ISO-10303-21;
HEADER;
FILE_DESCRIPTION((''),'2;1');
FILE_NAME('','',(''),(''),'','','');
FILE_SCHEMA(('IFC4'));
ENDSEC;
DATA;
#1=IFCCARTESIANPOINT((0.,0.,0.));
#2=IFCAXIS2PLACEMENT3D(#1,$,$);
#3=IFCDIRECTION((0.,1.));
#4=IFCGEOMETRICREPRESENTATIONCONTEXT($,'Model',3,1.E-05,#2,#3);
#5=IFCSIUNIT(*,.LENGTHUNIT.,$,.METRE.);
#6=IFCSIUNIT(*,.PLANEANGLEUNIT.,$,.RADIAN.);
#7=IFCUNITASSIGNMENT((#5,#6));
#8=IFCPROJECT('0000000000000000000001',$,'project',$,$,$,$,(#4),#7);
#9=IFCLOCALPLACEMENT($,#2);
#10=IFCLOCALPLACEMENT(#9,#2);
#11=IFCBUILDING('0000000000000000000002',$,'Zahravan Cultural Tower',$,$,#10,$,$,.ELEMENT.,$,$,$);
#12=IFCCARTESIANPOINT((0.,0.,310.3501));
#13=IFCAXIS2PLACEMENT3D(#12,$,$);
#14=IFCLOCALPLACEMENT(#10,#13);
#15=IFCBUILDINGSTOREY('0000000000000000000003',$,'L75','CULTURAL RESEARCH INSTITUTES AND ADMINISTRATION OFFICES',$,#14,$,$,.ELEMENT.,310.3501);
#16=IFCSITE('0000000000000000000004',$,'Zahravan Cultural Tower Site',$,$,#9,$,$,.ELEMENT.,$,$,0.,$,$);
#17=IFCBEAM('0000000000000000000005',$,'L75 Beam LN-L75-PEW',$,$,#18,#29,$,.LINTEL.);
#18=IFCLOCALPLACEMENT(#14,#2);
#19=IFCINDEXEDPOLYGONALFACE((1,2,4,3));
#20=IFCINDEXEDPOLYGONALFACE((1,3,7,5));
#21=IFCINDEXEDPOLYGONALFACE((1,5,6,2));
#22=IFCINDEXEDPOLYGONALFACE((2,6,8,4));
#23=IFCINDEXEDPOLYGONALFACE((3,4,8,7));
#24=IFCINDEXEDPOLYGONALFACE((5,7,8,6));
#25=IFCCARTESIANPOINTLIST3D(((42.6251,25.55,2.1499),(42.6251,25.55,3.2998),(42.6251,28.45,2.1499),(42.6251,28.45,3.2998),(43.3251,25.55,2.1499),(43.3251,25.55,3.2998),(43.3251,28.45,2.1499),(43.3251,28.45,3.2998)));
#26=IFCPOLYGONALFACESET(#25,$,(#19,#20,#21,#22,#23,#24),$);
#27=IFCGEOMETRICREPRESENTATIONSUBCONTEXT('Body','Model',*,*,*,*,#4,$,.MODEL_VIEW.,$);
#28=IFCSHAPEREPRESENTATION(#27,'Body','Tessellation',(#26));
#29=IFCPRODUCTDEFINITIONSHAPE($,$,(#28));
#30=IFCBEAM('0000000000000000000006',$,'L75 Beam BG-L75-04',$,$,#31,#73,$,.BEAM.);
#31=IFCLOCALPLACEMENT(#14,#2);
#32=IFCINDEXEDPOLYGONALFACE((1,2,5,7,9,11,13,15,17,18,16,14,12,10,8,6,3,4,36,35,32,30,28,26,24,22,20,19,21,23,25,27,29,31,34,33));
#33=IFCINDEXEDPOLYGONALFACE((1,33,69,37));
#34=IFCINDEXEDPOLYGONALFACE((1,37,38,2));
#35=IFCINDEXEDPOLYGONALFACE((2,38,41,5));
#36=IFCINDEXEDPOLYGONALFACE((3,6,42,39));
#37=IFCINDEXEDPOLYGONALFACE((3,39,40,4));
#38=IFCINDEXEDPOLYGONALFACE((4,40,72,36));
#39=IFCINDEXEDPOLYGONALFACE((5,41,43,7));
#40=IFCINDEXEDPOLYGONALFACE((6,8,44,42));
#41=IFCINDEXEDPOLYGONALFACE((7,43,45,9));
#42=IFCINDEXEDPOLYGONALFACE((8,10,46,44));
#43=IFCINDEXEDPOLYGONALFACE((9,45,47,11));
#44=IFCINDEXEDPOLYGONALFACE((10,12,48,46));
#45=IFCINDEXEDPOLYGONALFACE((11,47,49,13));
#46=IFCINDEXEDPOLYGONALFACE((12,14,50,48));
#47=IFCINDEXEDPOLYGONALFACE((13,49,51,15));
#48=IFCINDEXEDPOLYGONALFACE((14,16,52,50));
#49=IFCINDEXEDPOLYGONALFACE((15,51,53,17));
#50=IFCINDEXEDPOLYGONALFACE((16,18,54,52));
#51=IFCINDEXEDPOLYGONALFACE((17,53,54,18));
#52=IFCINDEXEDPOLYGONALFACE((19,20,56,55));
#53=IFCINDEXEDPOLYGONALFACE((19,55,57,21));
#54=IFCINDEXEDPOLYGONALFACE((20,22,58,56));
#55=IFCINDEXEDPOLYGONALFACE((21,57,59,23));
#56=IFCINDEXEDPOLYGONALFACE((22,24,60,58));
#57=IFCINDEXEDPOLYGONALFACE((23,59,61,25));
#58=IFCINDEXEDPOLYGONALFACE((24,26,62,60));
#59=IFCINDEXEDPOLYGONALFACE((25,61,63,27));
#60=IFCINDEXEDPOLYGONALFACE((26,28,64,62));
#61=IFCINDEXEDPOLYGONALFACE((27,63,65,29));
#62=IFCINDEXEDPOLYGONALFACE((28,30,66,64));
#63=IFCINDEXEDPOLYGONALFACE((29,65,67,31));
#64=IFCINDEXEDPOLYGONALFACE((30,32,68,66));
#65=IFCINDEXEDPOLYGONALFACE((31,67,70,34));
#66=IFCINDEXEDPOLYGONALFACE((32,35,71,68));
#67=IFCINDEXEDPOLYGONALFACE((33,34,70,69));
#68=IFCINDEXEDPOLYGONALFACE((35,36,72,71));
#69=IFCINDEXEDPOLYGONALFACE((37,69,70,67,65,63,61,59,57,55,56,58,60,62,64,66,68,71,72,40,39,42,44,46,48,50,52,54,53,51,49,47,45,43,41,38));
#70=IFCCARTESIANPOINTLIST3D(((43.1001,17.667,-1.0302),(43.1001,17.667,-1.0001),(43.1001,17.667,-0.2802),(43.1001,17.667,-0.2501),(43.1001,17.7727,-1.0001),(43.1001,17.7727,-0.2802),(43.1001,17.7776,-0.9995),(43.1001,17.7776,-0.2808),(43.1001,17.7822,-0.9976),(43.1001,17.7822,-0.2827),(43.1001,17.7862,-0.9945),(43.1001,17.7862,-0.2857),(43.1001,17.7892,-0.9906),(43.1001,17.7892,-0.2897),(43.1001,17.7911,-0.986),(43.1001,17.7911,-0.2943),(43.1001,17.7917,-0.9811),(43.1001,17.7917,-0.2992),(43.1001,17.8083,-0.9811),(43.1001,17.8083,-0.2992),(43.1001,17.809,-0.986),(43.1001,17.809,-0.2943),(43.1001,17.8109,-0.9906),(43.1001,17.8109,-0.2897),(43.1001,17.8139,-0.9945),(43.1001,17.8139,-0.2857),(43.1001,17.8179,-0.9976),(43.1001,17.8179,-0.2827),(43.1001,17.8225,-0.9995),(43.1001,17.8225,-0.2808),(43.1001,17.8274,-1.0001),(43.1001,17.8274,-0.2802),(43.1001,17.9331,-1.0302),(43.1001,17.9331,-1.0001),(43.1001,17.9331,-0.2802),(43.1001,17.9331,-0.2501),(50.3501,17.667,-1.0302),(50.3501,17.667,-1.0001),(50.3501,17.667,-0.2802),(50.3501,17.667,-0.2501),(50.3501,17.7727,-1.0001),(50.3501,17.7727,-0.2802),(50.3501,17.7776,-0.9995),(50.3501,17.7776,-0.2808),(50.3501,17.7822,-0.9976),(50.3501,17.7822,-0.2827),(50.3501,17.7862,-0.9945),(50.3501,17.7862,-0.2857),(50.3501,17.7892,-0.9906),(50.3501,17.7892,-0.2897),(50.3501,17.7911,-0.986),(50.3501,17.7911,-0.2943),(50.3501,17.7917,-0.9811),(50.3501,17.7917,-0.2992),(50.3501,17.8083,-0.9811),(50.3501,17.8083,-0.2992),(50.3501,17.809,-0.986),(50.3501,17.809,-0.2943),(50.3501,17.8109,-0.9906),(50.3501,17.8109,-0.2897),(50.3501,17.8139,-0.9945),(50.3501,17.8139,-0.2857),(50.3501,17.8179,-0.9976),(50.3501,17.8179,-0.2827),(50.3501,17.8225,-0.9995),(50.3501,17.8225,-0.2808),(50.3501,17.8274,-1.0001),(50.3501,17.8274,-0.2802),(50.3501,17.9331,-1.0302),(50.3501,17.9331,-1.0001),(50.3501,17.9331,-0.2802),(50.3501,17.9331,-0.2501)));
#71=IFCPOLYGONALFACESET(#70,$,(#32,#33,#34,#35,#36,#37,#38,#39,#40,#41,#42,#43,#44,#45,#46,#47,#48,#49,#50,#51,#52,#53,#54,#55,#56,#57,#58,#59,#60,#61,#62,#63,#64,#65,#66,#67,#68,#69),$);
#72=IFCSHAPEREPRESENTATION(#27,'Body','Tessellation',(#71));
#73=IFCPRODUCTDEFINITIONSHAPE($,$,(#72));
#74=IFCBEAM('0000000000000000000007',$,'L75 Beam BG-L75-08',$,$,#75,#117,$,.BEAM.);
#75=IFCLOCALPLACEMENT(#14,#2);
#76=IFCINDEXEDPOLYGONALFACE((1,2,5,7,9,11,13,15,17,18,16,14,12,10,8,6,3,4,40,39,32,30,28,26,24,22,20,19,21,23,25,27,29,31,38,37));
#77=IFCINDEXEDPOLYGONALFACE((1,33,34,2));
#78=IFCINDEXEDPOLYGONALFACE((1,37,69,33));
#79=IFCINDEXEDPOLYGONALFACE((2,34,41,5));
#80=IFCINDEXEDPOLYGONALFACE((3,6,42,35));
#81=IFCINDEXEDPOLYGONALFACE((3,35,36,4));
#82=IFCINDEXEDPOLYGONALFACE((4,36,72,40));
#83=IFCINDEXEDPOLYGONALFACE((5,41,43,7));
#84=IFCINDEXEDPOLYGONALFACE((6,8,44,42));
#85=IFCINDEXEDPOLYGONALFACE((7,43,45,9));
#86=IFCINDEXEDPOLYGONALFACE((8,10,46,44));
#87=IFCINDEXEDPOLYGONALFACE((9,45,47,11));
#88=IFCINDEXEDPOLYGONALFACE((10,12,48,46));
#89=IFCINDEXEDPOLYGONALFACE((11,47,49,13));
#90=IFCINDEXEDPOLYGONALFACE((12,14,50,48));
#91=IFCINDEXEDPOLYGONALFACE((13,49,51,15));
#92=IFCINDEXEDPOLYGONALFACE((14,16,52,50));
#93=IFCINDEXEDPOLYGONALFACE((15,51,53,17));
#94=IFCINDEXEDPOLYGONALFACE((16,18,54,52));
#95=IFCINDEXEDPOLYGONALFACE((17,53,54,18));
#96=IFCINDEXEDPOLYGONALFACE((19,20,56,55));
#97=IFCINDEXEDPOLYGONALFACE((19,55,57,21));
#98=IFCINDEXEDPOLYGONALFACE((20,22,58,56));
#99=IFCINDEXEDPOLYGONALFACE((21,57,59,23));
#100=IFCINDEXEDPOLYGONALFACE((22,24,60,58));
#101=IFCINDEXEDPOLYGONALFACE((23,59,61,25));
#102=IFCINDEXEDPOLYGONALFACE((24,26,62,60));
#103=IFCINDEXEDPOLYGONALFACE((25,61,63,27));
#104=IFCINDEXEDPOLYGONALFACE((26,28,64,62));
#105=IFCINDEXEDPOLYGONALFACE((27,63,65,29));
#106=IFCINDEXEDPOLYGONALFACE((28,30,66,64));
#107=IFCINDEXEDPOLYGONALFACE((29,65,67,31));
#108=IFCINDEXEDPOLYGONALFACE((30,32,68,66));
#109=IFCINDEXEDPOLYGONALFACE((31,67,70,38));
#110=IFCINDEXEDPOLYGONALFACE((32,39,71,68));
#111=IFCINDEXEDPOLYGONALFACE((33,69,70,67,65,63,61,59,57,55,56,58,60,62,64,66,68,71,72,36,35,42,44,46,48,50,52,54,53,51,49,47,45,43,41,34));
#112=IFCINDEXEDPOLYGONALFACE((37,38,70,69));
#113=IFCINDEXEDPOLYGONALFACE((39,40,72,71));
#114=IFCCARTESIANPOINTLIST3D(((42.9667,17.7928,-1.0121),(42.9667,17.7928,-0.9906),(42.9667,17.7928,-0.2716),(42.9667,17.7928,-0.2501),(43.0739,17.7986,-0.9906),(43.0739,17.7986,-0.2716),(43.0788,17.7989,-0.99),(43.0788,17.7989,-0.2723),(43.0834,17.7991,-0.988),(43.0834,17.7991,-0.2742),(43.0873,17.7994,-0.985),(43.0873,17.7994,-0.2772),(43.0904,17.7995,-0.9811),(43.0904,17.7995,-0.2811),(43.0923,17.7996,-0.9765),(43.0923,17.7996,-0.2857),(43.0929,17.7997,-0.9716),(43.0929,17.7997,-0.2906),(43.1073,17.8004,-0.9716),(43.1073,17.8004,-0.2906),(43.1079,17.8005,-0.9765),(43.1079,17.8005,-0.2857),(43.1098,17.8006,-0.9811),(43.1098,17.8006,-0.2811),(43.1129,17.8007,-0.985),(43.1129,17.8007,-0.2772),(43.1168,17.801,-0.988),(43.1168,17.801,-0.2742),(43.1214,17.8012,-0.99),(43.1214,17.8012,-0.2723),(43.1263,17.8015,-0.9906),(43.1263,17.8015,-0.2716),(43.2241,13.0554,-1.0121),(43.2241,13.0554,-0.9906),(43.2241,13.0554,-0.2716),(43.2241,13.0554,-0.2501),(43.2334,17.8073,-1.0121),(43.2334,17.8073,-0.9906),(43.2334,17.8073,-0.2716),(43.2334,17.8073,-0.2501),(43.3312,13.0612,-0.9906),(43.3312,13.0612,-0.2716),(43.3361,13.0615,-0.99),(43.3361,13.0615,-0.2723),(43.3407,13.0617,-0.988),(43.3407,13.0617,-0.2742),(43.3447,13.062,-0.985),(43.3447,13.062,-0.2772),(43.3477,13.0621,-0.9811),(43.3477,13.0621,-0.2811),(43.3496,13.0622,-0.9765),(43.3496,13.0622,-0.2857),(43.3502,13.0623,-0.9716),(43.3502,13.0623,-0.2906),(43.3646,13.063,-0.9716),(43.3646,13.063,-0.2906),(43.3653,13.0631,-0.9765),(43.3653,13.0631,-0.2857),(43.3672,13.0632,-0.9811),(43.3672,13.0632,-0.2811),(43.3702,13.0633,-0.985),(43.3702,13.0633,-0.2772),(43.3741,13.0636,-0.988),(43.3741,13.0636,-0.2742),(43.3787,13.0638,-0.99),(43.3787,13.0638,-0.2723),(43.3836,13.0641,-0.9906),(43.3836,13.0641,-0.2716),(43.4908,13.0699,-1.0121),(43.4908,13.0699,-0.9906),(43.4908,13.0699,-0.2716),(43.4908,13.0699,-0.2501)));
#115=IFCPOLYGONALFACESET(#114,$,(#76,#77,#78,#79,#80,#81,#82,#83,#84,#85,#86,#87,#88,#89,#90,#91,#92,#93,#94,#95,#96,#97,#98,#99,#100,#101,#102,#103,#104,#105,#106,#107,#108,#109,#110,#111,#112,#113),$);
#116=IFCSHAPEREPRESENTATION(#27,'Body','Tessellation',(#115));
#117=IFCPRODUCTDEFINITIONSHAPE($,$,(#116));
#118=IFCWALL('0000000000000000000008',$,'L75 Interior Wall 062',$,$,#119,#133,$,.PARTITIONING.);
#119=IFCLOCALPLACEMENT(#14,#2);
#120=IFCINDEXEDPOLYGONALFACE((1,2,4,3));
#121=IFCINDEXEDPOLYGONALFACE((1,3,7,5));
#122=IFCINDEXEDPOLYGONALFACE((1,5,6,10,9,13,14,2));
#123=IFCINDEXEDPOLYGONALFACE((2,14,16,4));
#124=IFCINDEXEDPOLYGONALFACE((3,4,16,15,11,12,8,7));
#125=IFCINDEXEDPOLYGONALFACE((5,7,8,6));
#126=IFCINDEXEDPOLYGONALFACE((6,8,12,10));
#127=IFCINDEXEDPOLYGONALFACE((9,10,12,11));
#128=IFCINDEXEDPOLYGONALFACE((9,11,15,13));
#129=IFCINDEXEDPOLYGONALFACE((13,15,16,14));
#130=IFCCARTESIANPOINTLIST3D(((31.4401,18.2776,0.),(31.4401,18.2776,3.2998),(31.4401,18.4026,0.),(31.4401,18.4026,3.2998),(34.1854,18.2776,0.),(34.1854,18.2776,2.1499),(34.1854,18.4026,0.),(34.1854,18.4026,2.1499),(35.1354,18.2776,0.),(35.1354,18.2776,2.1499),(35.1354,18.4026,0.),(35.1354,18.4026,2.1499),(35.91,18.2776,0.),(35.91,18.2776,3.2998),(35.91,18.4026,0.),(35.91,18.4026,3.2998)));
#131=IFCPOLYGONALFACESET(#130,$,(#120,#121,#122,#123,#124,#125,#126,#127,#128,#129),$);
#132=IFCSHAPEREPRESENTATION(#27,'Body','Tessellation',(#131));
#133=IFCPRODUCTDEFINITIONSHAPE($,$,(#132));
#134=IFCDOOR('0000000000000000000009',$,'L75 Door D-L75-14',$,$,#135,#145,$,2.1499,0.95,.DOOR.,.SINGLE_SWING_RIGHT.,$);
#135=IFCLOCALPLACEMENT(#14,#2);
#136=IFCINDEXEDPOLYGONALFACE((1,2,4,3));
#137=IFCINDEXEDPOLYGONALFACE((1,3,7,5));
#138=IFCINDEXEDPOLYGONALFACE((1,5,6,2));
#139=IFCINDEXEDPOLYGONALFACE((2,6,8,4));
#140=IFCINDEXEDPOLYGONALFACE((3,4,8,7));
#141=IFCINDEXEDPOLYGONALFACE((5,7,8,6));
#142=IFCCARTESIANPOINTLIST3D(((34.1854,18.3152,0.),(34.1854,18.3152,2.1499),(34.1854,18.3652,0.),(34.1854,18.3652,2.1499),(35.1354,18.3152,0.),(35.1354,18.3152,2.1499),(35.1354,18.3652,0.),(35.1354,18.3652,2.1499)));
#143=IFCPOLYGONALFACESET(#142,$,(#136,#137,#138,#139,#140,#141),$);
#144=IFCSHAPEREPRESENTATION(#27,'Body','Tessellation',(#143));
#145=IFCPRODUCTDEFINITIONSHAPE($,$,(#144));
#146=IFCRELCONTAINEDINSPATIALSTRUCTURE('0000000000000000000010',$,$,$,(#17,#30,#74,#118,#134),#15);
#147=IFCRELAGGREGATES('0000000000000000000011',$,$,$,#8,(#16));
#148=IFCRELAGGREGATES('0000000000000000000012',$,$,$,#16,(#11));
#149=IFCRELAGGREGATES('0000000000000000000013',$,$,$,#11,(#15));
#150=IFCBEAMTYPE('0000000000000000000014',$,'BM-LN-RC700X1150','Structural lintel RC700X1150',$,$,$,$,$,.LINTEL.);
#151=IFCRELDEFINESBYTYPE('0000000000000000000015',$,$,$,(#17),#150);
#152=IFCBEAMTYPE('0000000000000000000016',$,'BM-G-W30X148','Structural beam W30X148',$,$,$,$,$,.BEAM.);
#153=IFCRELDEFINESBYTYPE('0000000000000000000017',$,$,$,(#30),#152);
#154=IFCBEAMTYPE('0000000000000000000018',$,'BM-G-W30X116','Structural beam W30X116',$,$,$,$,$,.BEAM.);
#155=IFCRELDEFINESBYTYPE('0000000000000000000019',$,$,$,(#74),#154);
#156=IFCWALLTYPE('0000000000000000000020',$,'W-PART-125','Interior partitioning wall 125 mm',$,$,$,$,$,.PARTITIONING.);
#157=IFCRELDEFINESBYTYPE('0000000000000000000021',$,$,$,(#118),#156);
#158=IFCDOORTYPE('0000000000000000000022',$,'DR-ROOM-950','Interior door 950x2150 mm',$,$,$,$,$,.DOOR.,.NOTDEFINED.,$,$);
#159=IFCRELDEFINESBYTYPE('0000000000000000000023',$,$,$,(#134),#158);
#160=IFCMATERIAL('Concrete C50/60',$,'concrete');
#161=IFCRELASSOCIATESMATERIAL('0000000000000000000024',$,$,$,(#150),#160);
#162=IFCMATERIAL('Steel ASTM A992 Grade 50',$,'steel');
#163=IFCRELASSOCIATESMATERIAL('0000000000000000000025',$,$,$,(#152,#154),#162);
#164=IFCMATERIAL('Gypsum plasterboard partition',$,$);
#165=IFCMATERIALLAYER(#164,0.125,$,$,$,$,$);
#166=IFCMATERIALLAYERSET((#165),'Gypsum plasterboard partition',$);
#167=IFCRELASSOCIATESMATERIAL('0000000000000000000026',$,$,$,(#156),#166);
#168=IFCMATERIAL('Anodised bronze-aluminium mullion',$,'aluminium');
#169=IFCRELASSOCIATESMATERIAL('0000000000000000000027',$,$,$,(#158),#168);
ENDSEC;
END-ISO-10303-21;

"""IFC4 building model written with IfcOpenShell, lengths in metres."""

from ifc_helpers import new_model, si_unit, direction, frame, frame_2d, origin, origin_2d, place, context, subcontext, project, spatial, rectangle, i_section, extrude, source, transform, mapped, material, layer, layer_set, material_profile, profile_set, type_object, element, fill, save


model = new_model("IFC4")

# Units and contexts
model_context = context("Model", 3, precision=1e-05, world=origin(), true_north=direction((0.0, 1.0)))
body_context = subcontext(model_context, "Body", "Model", "MODEL_VIEW")
ifc_project = project(units=[si_unit("LENGTHUNIT", "METRE"), si_unit("PLANEANGLEUNIT", "RADIAN")], contexts=[model_context])

# Site, building, storey
site_placement = place(None, origin())
site = spatial("IfcSite", under=ifc_project, at=site_placement, Name="Zahravan Cultural Tower Site", CompositionType="ELEMENT", RefElevation=0.0)
building_placement = place(site_placement, origin())
building = spatial("IfcBuilding", under=site, at=building_placement, Name="Zahravan Cultural Tower", CompositionType="ELEMENT")
storey_placement = place(building_placement, frame((0.0, 0.0, 310.3501)))
storey = spatial("IfcBuildingStorey", under=building, at=storey_placement, Name="L75", Description="CULTURAL RESEARCH INSTITUTES AND ADMINISTRATION OFFICES", CompositionType="ELEMENT", Elevation=310.3501)

# Beams
ifc_material_1 = material(Name="Concrete C50/60", Category="concrete")
ifc_material_profile_1 = material_profile(ifc_material_1, rectangle(XDim=0.7, YDim=1.1499, at=origin_2d()), Name="RC700X1150")
ifc_profile_set_1 = profile_set([ifc_material_profile_1], Name="Concrete C50/60")
beam_type_1 = type_object("IfcBeamType", Name="BM-LN-RC700X1150", Description="Structural lintel RC700X1150", PredefinedType="LINTEL", material=ifc_profile_set_1)
shared_shape_1 = source(origin(), body_context, "Body", "SweptSolid", [
    extrude(rectangle(XDim=0.7, YDim=1.1499, at=origin_2d()), origin(), (0.0, 0.0, 1.0), 2.8999),
])
beam_1_placement = place(storey_placement, frame((42.9751, 25.55, 2.7249), z_axis=(0.0, 1.0, 0.0), x_axis=(-1.0, 0.0, 0.0)))
element("IfcBeam", 1, at=beam_1_placement, inside=storey, type_object=beam_type_1, Name="L75 Beam LN-L75-PEW", PredefinedType="LINTEL", context=body_context, shape_type="MappedRepresentation", body=[
    mapped(shared_shape_1, transform((0.0, 0.0, 0.0), x_axis=(1.0, 0.0, 0.0), y_axis=(0.0, 1.0, 0.0), z_axis=(0.0, 0.0, 1.0), scale=1.0)),
])
ifc_material_2 = material(Name="Steel ASTM A992 Grade 50", Category="steel")
ifc_material_profile_2 = material_profile(ifc_material_2, i_section(OverallWidth=0.2661, OverallDepth=0.78, WebThickness=0.0166, FlangeThickness=0.03, FilletRadius=0.019, at=origin_2d()), Name="W30X148")
ifc_profile_set_2 = profile_set([ifc_material_profile_2], Name="Steel ASTM A992 Grade 50")
beam_type_2 = type_object("IfcBeamType", Name="BM-G-W30X148", Description="Structural beam W30X148", PredefinedType="BEAM", material=ifc_profile_set_2)
shared_shape_2 = source(origin(), body_context, "Body", "SweptSolid", [
    extrude(i_section(OverallWidth=0.2661, OverallDepth=0.78, WebThickness=0.0166, FlangeThickness=0.03, FilletRadius=0.019, at=origin_2d()), origin(), (0.0, 0.0, 1.0), 7.25),
])
beam_2_placement = place(storey_placement, frame((43.1001, 17.8, -0.6401), z_axis=(1.0, 0.0, 0.0), x_axis=(0.0, 1.0, 0.0)))
element("IfcBeam", 2, at=beam_2_placement, inside=storey, type_object=beam_type_2, Name="L75 Beam BG-L75-04", PredefinedType="BEAM", context=body_context, shape_type="MappedRepresentation", body=[
    mapped(shared_shape_2, transform((0.0, 0.0, 0.0), x_axis=(1.0, 0.0, 0.0), y_axis=(0.0, 1.0, 0.0), z_axis=(0.0, 0.0, 1.0), scale=1.0)),
])
ifc_material_profile_3 = material_profile(ifc_material_2, i_section(OverallWidth=0.2671, OverallDepth=0.762, WebThickness=0.0144, FlangeThickness=0.0215, FilletRadius=0.019, at=origin_2d()), Name="W30X116")
ifc_profile_set_3 = profile_set([ifc_material_profile_3], Name="Steel ASTM A992 Grade 50")
beam_type_3 = type_object("IfcBeamType", Name="BM-G-W30X116", Description="Structural beam W30X116", PredefinedType="BEAM", material=ifc_profile_set_3)
shared_shape_3 = source(origin(), body_context, "Body", "SweptSolid", [
    extrude(i_section(OverallWidth=0.2671, OverallDepth=0.762, WebThickness=0.0144, FlangeThickness=0.0215, FilletRadius=0.019, at=origin_2d()), origin(), (0.0, 0.0, 1.0), 4.7444),
])
beam_3_placement = place(storey_placement, frame((43.1001, 17.8, -0.6311), z_axis=(0.054239, -0.998528, 0.0), x_axis=(0.998528, 0.054239, 0.0)))
element("IfcBeam", 3, at=beam_3_placement, inside=storey, type_object=beam_type_3, Name="L75 Beam BG-L75-08", PredefinedType="BEAM", context=body_context, shape_type="MappedRepresentation", body=[
    mapped(shared_shape_3, transform((0.0, 0.0, 0.0), x_axis=(1.0, 0.0, 0.0), y_axis=(0.0, 1.0, 0.0), z_axis=(0.0, 0.0, 1.0), scale=1.0)),
])

# Wall, opening, door
ifc_material_3 = material(Name="Gypsum plasterboard partition")
ifc_layer_1 = layer(ifc_material_3, 0.125)
ifc_layer_set_1 = layer_set([ifc_layer_1], Name="Gypsum plasterboard partition")
wall_type_1 = type_object("IfcWallType", Name="W-PART-125", Description="Interior partitioning wall 125 mm", PredefinedType="PARTITIONING", material=ifc_layer_set_1)
wall_1_placement = place(storey_placement, frame((35.9099, 18.3401, 0.0), z_axis=(0.0, 0.0, 1.0), x_axis=(-1.0, 0.0, 0.0)))
wall_1 = element("IfcWall", 4, at=wall_1_placement, inside=storey, type_object=wall_type_1, Name="L75 Interior Wall 062", PredefinedType="PARTITIONING", context=body_context, shape_type="SweptSolid", body=[
    extrude(rectangle(XDim=4.47, YDim=0.125, at=frame_2d((2.2349, 0.0))), origin(), (0.0, 0.0, 1.0), 3.2998),
])
opening_1_placement = place(wall_1_placement, frame((0.7744, 0.0, 0.0)))
opening_1 = element("IfcOpeningElement", 5, at=opening_1_placement, cuts=wall_1, PredefinedType="OPENING", context=body_context, shape_type="SweptSolid", body=[
    extrude(rectangle(XDim=0.95, YDim=2.1499, at=frame_2d((0.4751, 1.075))), frame((0.0, 0.0725, 0.0), z_axis=(0.0, -1.0, 0.0), x_axis=(1.0, 0.0, 0.0)), (0.0, 0.0, 1.0), 0.145),
])
ifc_material_4 = material(Name="Anodised bronze-aluminium mullion", Category="aluminium")
door_type_1 = type_object("IfcDoorType", Name="DR-ROOM-950", Description="Interior door 950x2150 mm", OperationType="NOTDEFINED", PredefinedType="DOOR", material=ifc_material_4)
shared_shape_4 = source(origin(), body_context, "Body", "SweptSolid", [
    extrude(rectangle(XDim=0.95, YDim=2.1499, at=frame_2d((0.4751, 1.075))), frame((0.0, 0.0249, 0.0), z_axis=(0.0, -1.0, 0.0), x_axis=(1.0, 0.0, 0.0)), (0.0, 0.0, 1.0), 0.05),
])
door_1_placement = place(opening_1_placement, origin())
door_1 = element("IfcDoor", 6, at=door_1_placement, inside=storey, type_object=door_type_1, Name="L75 Door D-L75-14", OperationType="SINGLE_SWING_RIGHT", OverallHeight=2.1499, OverallWidth=0.95, PredefinedType="DOOR", context=body_context, shape_type="MappedRepresentation", body=[
    mapped(shared_shape_4, transform((0.0, 0.0, 0.0), x_axis=(1.0, 0.0, 0.0), y_axis=(0.0, 1.0, 0.0), z_axis=(0.0, 0.0, 1.0), scale=1.0)),
])
fill(opening_1, door_1)

save(model, "model.ifc")
